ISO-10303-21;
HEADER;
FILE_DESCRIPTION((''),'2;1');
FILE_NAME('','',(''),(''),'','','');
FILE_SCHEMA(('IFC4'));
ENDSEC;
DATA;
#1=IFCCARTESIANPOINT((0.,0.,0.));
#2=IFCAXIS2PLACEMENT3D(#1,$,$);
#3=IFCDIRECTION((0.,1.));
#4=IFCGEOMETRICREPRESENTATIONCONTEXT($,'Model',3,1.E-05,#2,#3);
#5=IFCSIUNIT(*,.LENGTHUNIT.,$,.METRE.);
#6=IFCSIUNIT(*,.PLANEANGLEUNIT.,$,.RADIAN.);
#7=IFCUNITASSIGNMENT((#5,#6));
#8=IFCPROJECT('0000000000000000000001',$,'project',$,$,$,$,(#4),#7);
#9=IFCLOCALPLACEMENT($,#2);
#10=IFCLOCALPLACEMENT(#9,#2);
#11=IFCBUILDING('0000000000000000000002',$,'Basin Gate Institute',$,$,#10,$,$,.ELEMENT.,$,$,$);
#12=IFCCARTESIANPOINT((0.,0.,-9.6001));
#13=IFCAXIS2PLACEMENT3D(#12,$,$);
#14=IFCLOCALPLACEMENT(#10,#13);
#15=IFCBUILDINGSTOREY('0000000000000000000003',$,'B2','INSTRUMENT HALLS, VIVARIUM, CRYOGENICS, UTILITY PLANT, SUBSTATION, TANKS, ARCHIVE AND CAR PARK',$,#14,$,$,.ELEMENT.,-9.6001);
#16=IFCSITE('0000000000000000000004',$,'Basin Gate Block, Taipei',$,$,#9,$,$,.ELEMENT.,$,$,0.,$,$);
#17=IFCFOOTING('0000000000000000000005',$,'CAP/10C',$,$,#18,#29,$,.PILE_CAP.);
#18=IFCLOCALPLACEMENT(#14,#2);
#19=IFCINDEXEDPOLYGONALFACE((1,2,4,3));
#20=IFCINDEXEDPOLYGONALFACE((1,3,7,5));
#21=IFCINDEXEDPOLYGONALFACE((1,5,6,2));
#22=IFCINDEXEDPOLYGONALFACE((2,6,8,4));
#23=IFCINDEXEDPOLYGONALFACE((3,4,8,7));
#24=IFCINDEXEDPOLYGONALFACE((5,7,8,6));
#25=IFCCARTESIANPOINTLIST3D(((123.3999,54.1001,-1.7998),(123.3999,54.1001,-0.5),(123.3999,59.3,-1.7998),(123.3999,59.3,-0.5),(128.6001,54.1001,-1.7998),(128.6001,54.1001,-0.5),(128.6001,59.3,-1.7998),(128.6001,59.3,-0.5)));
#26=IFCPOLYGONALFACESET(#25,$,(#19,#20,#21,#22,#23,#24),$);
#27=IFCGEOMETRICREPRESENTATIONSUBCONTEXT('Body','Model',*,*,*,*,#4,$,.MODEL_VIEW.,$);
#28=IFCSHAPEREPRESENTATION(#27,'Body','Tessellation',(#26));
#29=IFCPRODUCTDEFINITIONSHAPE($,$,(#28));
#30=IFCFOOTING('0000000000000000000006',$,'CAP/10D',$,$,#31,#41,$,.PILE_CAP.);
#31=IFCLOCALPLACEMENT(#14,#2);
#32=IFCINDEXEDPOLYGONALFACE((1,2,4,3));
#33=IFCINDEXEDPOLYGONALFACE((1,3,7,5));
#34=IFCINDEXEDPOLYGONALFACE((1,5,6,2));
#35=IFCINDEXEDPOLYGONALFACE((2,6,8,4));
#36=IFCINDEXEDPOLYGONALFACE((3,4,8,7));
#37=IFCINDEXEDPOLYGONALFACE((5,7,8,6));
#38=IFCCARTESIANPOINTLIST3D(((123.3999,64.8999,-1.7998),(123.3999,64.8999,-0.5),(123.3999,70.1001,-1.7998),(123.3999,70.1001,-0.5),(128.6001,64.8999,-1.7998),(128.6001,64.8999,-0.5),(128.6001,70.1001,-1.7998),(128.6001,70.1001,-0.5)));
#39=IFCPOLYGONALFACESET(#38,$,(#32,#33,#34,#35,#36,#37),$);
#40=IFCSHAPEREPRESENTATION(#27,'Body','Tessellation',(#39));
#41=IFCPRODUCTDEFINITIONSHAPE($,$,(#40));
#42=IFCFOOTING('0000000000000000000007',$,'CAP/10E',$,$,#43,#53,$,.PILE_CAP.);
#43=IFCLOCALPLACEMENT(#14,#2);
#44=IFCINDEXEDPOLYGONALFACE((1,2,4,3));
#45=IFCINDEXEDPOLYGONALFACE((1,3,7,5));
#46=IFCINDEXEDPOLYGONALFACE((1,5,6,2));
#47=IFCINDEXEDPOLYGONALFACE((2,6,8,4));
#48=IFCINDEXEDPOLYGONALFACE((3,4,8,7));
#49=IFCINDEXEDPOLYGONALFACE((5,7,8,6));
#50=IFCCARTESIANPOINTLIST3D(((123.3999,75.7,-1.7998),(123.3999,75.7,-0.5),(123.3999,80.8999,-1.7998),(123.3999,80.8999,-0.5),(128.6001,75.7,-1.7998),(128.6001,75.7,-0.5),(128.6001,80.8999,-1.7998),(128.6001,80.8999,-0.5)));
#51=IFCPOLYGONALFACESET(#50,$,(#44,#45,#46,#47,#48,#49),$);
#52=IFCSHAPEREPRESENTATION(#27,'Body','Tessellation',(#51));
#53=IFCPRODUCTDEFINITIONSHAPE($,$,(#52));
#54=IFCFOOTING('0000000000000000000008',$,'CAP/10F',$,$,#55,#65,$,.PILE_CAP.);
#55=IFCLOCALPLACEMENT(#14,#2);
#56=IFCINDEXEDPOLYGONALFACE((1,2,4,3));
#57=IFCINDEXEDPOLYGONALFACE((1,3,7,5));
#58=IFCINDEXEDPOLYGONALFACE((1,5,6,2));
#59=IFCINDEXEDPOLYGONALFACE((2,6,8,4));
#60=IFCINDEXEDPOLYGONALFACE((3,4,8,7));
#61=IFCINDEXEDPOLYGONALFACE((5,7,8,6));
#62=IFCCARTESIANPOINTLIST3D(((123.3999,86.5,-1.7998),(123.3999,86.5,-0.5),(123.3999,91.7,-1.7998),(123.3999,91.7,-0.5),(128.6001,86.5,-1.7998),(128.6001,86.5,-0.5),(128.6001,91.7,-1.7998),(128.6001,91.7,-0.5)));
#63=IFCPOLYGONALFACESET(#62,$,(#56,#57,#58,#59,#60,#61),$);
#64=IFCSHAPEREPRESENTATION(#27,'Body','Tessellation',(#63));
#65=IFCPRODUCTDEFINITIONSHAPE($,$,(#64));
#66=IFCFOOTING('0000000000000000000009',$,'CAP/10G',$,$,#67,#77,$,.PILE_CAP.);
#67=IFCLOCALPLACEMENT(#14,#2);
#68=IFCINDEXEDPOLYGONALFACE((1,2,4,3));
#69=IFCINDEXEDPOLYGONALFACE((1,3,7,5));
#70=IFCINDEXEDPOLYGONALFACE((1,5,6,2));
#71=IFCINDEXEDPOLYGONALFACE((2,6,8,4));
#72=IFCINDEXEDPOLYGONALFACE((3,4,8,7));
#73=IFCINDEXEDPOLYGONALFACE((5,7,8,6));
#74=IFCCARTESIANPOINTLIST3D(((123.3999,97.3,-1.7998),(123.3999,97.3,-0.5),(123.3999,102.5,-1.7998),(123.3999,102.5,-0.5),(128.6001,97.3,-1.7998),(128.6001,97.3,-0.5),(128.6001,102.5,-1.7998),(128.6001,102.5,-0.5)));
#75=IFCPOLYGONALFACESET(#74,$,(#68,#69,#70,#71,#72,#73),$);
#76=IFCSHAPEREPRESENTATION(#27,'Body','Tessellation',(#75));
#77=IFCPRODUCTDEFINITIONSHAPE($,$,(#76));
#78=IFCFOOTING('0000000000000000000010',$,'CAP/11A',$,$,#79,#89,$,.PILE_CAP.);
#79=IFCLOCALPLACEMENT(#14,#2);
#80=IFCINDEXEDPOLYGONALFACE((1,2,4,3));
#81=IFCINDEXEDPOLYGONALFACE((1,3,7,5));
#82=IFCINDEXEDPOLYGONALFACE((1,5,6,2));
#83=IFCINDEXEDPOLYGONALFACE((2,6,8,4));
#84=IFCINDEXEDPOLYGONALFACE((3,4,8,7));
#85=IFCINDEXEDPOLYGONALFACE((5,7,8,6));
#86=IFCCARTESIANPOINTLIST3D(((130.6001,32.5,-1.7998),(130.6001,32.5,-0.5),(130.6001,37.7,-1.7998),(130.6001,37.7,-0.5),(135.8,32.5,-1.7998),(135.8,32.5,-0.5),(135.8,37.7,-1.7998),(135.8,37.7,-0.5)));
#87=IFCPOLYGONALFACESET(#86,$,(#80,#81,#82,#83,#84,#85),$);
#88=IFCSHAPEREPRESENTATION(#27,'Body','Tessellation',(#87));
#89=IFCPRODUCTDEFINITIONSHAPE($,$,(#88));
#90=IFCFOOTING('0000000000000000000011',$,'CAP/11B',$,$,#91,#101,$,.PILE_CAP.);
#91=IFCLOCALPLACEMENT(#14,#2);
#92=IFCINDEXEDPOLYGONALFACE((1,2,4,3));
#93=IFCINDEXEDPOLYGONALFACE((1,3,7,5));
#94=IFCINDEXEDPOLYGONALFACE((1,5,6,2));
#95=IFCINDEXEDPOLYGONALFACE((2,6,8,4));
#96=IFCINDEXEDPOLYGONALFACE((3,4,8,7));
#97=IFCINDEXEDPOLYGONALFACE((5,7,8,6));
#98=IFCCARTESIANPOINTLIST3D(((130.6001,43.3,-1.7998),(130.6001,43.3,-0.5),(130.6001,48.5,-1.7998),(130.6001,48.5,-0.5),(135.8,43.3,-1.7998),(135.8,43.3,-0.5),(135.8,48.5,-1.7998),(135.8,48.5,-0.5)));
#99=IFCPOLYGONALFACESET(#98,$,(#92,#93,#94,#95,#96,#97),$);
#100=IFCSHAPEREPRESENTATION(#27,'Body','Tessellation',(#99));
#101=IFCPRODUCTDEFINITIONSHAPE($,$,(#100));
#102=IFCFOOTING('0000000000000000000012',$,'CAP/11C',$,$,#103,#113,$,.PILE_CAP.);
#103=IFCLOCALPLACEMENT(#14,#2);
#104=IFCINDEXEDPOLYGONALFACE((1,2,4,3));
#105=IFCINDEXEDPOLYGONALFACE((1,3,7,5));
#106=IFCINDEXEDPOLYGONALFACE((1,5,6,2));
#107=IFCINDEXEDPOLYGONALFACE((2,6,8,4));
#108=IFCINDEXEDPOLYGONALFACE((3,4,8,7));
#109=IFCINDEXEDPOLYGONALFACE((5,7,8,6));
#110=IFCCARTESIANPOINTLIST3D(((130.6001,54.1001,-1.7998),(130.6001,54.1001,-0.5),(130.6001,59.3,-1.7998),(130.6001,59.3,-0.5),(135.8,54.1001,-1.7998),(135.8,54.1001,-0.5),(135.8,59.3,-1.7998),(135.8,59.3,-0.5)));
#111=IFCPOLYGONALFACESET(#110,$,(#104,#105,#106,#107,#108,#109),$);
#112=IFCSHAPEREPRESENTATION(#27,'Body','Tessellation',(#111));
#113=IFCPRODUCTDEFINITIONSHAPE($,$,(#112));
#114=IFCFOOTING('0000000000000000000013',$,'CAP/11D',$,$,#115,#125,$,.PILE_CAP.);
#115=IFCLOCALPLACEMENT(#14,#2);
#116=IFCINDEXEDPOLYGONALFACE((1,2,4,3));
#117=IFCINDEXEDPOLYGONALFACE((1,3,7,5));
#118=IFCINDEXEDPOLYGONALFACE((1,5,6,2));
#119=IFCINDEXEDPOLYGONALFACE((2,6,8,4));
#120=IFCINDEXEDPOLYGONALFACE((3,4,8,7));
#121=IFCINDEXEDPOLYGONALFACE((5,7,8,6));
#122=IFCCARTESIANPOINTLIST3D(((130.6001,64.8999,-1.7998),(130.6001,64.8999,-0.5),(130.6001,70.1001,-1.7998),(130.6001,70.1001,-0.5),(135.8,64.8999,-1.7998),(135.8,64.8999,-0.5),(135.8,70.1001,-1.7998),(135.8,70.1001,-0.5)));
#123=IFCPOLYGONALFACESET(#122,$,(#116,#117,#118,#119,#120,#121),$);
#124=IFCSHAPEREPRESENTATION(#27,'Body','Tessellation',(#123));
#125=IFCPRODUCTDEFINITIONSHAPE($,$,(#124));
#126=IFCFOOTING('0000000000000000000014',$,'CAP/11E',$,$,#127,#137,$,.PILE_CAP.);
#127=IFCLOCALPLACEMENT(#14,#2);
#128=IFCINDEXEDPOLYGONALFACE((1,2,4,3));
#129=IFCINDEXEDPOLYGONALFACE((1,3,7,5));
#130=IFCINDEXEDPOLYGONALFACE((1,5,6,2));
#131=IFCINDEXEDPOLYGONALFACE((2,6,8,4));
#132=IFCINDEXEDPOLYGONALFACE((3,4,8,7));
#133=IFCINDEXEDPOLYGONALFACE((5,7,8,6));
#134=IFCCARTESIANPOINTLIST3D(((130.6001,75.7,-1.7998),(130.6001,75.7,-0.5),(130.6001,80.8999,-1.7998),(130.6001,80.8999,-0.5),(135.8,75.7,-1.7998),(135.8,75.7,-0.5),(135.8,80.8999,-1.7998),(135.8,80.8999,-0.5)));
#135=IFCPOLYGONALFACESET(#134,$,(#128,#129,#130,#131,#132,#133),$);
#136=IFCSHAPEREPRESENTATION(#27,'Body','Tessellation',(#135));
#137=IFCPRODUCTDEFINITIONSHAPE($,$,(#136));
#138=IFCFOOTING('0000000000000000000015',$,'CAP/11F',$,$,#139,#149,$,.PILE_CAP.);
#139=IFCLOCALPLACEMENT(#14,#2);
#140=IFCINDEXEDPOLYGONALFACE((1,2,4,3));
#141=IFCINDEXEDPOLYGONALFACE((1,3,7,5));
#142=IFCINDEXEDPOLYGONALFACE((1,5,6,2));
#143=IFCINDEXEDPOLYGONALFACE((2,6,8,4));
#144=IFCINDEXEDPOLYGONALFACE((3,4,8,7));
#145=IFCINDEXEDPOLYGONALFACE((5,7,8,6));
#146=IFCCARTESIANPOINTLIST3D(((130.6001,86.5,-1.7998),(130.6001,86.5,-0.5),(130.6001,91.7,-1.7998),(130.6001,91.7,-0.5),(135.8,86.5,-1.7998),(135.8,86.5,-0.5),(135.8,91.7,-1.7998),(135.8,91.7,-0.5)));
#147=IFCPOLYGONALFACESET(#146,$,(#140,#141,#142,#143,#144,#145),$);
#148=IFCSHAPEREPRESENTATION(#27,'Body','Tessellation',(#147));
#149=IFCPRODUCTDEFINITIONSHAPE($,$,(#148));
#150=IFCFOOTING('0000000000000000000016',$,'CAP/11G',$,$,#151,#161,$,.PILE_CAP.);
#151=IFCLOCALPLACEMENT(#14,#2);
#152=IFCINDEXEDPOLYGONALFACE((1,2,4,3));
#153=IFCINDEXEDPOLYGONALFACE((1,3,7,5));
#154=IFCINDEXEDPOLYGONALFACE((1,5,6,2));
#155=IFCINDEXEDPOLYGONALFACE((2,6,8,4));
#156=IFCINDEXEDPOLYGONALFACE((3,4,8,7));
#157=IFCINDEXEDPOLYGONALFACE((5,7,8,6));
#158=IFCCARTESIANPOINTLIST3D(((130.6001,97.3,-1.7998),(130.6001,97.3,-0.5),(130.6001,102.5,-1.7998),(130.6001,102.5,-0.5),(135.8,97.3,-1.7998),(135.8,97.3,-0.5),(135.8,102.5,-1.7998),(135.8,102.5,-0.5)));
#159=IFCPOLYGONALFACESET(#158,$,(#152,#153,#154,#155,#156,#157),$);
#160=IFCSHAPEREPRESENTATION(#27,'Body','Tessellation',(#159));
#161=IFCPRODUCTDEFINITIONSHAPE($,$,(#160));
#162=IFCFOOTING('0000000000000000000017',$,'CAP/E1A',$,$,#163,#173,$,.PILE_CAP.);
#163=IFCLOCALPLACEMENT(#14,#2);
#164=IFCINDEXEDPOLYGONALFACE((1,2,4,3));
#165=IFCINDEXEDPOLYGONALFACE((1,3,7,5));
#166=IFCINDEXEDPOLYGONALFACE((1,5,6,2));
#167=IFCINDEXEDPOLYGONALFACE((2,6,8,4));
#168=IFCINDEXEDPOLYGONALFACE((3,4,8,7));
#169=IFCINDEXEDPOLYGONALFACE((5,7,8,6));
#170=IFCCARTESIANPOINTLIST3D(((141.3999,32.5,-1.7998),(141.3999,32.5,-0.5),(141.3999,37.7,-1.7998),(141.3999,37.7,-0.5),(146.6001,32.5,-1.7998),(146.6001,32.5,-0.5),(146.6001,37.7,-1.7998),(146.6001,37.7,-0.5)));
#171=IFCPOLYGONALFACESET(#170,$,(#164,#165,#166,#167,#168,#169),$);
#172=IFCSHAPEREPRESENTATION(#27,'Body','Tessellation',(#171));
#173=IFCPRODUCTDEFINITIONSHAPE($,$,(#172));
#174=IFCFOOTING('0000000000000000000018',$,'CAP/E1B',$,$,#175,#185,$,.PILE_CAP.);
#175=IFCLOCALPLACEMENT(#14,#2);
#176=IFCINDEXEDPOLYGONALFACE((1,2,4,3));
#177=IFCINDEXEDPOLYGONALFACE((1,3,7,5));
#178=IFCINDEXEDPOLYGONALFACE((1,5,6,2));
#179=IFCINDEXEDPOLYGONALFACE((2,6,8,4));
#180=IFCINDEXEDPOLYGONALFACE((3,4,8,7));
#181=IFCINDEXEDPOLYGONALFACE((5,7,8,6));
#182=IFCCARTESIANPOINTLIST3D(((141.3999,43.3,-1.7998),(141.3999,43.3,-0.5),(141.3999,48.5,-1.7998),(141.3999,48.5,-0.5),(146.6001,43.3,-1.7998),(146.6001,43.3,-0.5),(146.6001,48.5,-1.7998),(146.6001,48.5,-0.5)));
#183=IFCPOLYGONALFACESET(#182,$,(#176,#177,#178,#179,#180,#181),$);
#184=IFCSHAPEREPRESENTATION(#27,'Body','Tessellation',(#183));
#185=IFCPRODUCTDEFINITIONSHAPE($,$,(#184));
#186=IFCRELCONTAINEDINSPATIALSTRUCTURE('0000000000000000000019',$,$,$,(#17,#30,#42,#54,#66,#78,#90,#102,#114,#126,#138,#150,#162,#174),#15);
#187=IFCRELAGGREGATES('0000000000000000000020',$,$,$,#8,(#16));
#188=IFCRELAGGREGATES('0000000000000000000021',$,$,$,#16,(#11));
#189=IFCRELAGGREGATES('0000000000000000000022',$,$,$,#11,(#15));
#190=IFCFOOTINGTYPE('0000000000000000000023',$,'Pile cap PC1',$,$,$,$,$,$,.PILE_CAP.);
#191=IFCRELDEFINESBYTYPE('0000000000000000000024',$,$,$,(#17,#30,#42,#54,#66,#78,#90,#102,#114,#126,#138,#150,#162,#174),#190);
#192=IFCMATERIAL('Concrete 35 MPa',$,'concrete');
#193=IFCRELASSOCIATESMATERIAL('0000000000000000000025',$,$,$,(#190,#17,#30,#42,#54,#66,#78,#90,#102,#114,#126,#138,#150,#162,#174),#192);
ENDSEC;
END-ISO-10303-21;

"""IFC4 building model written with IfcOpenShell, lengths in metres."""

from ifc_helpers import new_model, si_unit, direction, frame, origin, place, context, subcontext, project, spatial, polyline, outline, extrude, material, type_object, element, save


model = new_model("IFC4")

# Units and contexts
model_context = context("Model", 3, precision=1e-05, world=origin(), true_north=direction((0.0, 1.0)))
body_context = subcontext(model_context, "Body", "Model", "MODEL_VIEW")
ifc_project = project(units=[si_unit("LENGTHUNIT", "METRE"), si_unit("PLANEANGLEUNIT", "RADIAN")], contexts=[model_context])

# Site, building, storey
site_placement = place(None, origin())
site = spatial("IfcSite", under=ifc_project, at=site_placement, Name="Basin Gate Block, Taipei", CompositionType="ELEMENT", RefElevation=0.0)
building_placement = place(site_placement, origin())
building = spatial("IfcBuilding", under=site, at=building_placement, Name="Basin Gate Institute", CompositionType="ELEMENT")
storey_placement = place(building_placement, frame((0.0, 0.0, -9.6001)))
storey = spatial("IfcBuildingStorey", under=building, at=storey_placement, Name="B2", Description="INSTRUMENT HALLS, VIVARIUM, CRYOGENICS, UTILITY PLANT, SUBSTATION, TANKS, ARCHIVE AND CAR PARK", CompositionType="ELEMENT", Elevation=-9.6001)

# Footings
ifc_material = material(Name="Concrete 35 MPa", Category="concrete")
footing_type = type_object("IfcFootingType", Name="Pile cap PC1", PredefinedType="PILE_CAP", material=ifc_material)
footing_1_placement = place(storey_placement, frame((0.0, 0.0, -1.7998)))
element("IfcFooting", 1, at=footing_1_placement, inside=storey, type_object=footing_type, material=ifc_material, Name="CAP/10C", PredefinedType="PILE_CAP", context=body_context, shape_type="SweptSolid", body=[
    extrude(outline(polyline([(123.3999, 54.1001), (128.6001, 54.1001), (128.6001, 59.3), (123.3999, 59.3), (123.3999, 54.1001)])), origin(), (0.0, 0.0, 1.0), 1.2998),
])
footing_2_placement = place(storey_placement, frame((0.0, 0.0, -1.7998)))
element("IfcFooting", 2, at=footing_2_placement, inside=storey, type_object=footing_type, material=ifc_material, Name="CAP/10D", PredefinedType="PILE_CAP", context=body_context, shape_type="SweptSolid", body=[
    extrude(outline(polyline([(123.3999, 64.8999), (128.6001, 64.8999), (128.6001, 70.1001), (123.3999, 70.1001), (123.3999, 64.8999)])), origin(), (0.0, 0.0, 1.0), 1.2998),
])
footing_3_placement = place(storey_placement, frame((0.0, 0.0, -1.7998)))
element("IfcFooting", 3, at=footing_3_placement, inside=storey, type_object=footing_type, material=ifc_material, Name="CAP/10E", PredefinedType="PILE_CAP", context=body_context, shape_type="SweptSolid", body=[
    extrude(outline(polyline([(123.3999, 75.7), (128.6001, 75.7), (128.6001, 80.8999), (123.3999, 80.8999), (123.3999, 75.7)])), origin(), (0.0, 0.0, 1.0), 1.2998),
])
footing_4_placement = place(storey_placement, frame((0.0, 0.0, -1.7998)))
element("IfcFooting", 4, at=footing_4_placement, inside=storey, type_object=footing_type, material=ifc_material, Name="CAP/10F", PredefinedType="PILE_CAP", context=body_context, shape_type="SweptSolid", body=[
    extrude(outline(polyline([(123.3999, 86.5), (128.6001, 86.5), (128.6001, 91.7), (123.3999, 91.7), (123.3999, 86.5)])), origin(), (0.0, 0.0, 1.0), 1.2998),
])
footing_5_placement = place(storey_placement, frame((0.0, 0.0, -1.7998)))
element("IfcFooting", 5, at=footing_5_placement, inside=storey, type_object=footing_type, material=ifc_material, Name="CAP/10G", PredefinedType="PILE_CAP", context=body_context, shape_type="SweptSolid", body=[
    extrude(outline(polyline([(123.3999, 97.3), (128.6001, 97.3), (128.6001, 102.5), (123.3999, 102.5), (123.3999, 97.3)])), origin(), (0.0, 0.0, 1.0), 1.2998),
])
footing_6_placement = place(storey_placement, frame((0.0, 0.0, -1.7998)))
element("IfcFooting", 6, at=footing_6_placement, inside=storey, type_object=footing_type, material=ifc_material, Name="CAP/11A", PredefinedType="PILE_CAP", context=body_context, shape_type="SweptSolid", body=[
    extrude(outline(polyline([(130.6001, 32.5), (135.8, 32.5), (135.8, 37.7), (130.6001, 37.7), (130.6001, 32.5)])), origin(), (0.0, 0.0, 1.0), 1.2998),
])
footing_7_placement = place(storey_placement, frame((0.0, 0.0, -1.7998)))
element("IfcFooting", 7, at=footing_7_placement, inside=storey, type_object=footing_type, material=ifc_material, Name="CAP/11B", PredefinedType="PILE_CAP", context=body_context, shape_type="SweptSolid", body=[
    extrude(outline(polyline([(130.6001, 43.3), (135.8, 43.3), (135.8, 48.5), (130.6001, 48.5), (130.6001, 43.3)])), origin(), (0.0, 0.0, 1.0), 1.2998),
])
footing_8_placement = place(storey_placement, frame((0.0, 0.0, -1.7998)))
element("IfcFooting", 8, at=footing_8_placement, inside=storey, type_object=footing_type, material=ifc_material, Name="CAP/11C", PredefinedType="PILE_CAP", context=body_context, shape_type="SweptSolid", body=[
    extrude(outline(polyline([(130.6001, 54.1001), (135.8, 54.1001), (135.8, 59.3), (130.6001, 59.3), (130.6001, 54.1001)])), origin(), (0.0, 0.0, 1.0), 1.2998),
])
footing_9_placement = place(storey_placement, frame((0.0, 0.0, -1.7998)))
element("IfcFooting", 9, at=footing_9_placement, inside=storey, type_object=footing_type, material=ifc_material, Name="CAP/11D", PredefinedType="PILE_CAP", context=body_context, shape_type="SweptSolid", body=[
    extrude(outline(polyline([(130.6001, 64.8999), (135.8, 64.8999), (135.8, 70.1001), (130.6001, 70.1001), (130.6001, 64.8999)])), origin(), (0.0, 0.0, 1.0), 1.2998),
])
footing_10_placement = place(storey_placement, frame((0.0, 0.0, -1.7998)))
element("IfcFooting", 10, at=footing_10_placement, inside=storey, type_object=footing_type, material=ifc_material, Name="CAP/11E", PredefinedType="PILE_CAP", context=body_context, shape_type="SweptSolid", body=[
    extrude(outline(polyline([(130.6001, 75.7), (135.8, 75.7), (135.8, 80.8999), (130.6001, 80.8999), (130.6001, 75.7)])), origin(), (0.0, 0.0, 1.0), 1.2998),
])
footing_11_placement = place(storey_placement, frame((0.0, 0.0, -1.7998)))
element("IfcFooting", 11, at=footing_11_placement, inside=storey, type_object=footing_type, material=ifc_material, Name="CAP/11F", PredefinedType="PILE_CAP", context=body_context, shape_type="SweptSolid", body=[
    extrude(outline(polyline([(130.6001, 86.5), (135.8, 86.5), (135.8, 91.7), (130.6001, 91.7), (130.6001, 86.5)])), origin(), (0.0, 0.0, 1.0), 1.2998),
])
footing_12_placement = place(storey_placement, frame((0.0, 0.0, -1.7998)))
element("IfcFooting", 12, at=footing_12_placement, inside=storey, type_object=footing_type, material=ifc_material, Name="CAP/11G", PredefinedType="PILE_CAP", context=body_context, shape_type="SweptSolid", body=[
    extrude(outline(polyline([(130.6001, 97.3), (135.8, 97.3), (135.8, 102.5), (130.6001, 102.5), (130.6001, 97.3)])), origin(), (0.0, 0.0, 1.0), 1.2998),
])
footing_13_placement = place(storey_placement, frame((0.0, 0.0, -1.7998)))
element("IfcFooting", 13, at=footing_13_placement, inside=storey, type_object=footing_type, material=ifc_material, Name="CAP/E1A", PredefinedType="PILE_CAP", context=body_context, shape_type="SweptSolid", body=[
    extrude(outline(polyline([(141.3999, 32.5), (146.6001, 32.5), (146.6001, 37.7), (141.3999, 37.7), (141.3999, 32.5)])), origin(), (0.0, 0.0, 1.0), 1.2998),
])
footing_14_placement = place(storey_placement, frame((0.0, 0.0, -1.7998)))
element("IfcFooting", 14, at=footing_14_placement, inside=storey, type_object=footing_type, material=ifc_material, Name="CAP/E1B", PredefinedType="PILE_CAP", context=body_context, shape_type="SweptSolid", body=[
    extrude(outline(polyline([(141.3999, 43.3), (146.6001, 43.3), (146.6001, 48.5), (141.3999, 48.5), (141.3999, 43.3)])), origin(), (0.0, 0.0, 1.0), 1.2998),
])

save(model, "model.ifc")
